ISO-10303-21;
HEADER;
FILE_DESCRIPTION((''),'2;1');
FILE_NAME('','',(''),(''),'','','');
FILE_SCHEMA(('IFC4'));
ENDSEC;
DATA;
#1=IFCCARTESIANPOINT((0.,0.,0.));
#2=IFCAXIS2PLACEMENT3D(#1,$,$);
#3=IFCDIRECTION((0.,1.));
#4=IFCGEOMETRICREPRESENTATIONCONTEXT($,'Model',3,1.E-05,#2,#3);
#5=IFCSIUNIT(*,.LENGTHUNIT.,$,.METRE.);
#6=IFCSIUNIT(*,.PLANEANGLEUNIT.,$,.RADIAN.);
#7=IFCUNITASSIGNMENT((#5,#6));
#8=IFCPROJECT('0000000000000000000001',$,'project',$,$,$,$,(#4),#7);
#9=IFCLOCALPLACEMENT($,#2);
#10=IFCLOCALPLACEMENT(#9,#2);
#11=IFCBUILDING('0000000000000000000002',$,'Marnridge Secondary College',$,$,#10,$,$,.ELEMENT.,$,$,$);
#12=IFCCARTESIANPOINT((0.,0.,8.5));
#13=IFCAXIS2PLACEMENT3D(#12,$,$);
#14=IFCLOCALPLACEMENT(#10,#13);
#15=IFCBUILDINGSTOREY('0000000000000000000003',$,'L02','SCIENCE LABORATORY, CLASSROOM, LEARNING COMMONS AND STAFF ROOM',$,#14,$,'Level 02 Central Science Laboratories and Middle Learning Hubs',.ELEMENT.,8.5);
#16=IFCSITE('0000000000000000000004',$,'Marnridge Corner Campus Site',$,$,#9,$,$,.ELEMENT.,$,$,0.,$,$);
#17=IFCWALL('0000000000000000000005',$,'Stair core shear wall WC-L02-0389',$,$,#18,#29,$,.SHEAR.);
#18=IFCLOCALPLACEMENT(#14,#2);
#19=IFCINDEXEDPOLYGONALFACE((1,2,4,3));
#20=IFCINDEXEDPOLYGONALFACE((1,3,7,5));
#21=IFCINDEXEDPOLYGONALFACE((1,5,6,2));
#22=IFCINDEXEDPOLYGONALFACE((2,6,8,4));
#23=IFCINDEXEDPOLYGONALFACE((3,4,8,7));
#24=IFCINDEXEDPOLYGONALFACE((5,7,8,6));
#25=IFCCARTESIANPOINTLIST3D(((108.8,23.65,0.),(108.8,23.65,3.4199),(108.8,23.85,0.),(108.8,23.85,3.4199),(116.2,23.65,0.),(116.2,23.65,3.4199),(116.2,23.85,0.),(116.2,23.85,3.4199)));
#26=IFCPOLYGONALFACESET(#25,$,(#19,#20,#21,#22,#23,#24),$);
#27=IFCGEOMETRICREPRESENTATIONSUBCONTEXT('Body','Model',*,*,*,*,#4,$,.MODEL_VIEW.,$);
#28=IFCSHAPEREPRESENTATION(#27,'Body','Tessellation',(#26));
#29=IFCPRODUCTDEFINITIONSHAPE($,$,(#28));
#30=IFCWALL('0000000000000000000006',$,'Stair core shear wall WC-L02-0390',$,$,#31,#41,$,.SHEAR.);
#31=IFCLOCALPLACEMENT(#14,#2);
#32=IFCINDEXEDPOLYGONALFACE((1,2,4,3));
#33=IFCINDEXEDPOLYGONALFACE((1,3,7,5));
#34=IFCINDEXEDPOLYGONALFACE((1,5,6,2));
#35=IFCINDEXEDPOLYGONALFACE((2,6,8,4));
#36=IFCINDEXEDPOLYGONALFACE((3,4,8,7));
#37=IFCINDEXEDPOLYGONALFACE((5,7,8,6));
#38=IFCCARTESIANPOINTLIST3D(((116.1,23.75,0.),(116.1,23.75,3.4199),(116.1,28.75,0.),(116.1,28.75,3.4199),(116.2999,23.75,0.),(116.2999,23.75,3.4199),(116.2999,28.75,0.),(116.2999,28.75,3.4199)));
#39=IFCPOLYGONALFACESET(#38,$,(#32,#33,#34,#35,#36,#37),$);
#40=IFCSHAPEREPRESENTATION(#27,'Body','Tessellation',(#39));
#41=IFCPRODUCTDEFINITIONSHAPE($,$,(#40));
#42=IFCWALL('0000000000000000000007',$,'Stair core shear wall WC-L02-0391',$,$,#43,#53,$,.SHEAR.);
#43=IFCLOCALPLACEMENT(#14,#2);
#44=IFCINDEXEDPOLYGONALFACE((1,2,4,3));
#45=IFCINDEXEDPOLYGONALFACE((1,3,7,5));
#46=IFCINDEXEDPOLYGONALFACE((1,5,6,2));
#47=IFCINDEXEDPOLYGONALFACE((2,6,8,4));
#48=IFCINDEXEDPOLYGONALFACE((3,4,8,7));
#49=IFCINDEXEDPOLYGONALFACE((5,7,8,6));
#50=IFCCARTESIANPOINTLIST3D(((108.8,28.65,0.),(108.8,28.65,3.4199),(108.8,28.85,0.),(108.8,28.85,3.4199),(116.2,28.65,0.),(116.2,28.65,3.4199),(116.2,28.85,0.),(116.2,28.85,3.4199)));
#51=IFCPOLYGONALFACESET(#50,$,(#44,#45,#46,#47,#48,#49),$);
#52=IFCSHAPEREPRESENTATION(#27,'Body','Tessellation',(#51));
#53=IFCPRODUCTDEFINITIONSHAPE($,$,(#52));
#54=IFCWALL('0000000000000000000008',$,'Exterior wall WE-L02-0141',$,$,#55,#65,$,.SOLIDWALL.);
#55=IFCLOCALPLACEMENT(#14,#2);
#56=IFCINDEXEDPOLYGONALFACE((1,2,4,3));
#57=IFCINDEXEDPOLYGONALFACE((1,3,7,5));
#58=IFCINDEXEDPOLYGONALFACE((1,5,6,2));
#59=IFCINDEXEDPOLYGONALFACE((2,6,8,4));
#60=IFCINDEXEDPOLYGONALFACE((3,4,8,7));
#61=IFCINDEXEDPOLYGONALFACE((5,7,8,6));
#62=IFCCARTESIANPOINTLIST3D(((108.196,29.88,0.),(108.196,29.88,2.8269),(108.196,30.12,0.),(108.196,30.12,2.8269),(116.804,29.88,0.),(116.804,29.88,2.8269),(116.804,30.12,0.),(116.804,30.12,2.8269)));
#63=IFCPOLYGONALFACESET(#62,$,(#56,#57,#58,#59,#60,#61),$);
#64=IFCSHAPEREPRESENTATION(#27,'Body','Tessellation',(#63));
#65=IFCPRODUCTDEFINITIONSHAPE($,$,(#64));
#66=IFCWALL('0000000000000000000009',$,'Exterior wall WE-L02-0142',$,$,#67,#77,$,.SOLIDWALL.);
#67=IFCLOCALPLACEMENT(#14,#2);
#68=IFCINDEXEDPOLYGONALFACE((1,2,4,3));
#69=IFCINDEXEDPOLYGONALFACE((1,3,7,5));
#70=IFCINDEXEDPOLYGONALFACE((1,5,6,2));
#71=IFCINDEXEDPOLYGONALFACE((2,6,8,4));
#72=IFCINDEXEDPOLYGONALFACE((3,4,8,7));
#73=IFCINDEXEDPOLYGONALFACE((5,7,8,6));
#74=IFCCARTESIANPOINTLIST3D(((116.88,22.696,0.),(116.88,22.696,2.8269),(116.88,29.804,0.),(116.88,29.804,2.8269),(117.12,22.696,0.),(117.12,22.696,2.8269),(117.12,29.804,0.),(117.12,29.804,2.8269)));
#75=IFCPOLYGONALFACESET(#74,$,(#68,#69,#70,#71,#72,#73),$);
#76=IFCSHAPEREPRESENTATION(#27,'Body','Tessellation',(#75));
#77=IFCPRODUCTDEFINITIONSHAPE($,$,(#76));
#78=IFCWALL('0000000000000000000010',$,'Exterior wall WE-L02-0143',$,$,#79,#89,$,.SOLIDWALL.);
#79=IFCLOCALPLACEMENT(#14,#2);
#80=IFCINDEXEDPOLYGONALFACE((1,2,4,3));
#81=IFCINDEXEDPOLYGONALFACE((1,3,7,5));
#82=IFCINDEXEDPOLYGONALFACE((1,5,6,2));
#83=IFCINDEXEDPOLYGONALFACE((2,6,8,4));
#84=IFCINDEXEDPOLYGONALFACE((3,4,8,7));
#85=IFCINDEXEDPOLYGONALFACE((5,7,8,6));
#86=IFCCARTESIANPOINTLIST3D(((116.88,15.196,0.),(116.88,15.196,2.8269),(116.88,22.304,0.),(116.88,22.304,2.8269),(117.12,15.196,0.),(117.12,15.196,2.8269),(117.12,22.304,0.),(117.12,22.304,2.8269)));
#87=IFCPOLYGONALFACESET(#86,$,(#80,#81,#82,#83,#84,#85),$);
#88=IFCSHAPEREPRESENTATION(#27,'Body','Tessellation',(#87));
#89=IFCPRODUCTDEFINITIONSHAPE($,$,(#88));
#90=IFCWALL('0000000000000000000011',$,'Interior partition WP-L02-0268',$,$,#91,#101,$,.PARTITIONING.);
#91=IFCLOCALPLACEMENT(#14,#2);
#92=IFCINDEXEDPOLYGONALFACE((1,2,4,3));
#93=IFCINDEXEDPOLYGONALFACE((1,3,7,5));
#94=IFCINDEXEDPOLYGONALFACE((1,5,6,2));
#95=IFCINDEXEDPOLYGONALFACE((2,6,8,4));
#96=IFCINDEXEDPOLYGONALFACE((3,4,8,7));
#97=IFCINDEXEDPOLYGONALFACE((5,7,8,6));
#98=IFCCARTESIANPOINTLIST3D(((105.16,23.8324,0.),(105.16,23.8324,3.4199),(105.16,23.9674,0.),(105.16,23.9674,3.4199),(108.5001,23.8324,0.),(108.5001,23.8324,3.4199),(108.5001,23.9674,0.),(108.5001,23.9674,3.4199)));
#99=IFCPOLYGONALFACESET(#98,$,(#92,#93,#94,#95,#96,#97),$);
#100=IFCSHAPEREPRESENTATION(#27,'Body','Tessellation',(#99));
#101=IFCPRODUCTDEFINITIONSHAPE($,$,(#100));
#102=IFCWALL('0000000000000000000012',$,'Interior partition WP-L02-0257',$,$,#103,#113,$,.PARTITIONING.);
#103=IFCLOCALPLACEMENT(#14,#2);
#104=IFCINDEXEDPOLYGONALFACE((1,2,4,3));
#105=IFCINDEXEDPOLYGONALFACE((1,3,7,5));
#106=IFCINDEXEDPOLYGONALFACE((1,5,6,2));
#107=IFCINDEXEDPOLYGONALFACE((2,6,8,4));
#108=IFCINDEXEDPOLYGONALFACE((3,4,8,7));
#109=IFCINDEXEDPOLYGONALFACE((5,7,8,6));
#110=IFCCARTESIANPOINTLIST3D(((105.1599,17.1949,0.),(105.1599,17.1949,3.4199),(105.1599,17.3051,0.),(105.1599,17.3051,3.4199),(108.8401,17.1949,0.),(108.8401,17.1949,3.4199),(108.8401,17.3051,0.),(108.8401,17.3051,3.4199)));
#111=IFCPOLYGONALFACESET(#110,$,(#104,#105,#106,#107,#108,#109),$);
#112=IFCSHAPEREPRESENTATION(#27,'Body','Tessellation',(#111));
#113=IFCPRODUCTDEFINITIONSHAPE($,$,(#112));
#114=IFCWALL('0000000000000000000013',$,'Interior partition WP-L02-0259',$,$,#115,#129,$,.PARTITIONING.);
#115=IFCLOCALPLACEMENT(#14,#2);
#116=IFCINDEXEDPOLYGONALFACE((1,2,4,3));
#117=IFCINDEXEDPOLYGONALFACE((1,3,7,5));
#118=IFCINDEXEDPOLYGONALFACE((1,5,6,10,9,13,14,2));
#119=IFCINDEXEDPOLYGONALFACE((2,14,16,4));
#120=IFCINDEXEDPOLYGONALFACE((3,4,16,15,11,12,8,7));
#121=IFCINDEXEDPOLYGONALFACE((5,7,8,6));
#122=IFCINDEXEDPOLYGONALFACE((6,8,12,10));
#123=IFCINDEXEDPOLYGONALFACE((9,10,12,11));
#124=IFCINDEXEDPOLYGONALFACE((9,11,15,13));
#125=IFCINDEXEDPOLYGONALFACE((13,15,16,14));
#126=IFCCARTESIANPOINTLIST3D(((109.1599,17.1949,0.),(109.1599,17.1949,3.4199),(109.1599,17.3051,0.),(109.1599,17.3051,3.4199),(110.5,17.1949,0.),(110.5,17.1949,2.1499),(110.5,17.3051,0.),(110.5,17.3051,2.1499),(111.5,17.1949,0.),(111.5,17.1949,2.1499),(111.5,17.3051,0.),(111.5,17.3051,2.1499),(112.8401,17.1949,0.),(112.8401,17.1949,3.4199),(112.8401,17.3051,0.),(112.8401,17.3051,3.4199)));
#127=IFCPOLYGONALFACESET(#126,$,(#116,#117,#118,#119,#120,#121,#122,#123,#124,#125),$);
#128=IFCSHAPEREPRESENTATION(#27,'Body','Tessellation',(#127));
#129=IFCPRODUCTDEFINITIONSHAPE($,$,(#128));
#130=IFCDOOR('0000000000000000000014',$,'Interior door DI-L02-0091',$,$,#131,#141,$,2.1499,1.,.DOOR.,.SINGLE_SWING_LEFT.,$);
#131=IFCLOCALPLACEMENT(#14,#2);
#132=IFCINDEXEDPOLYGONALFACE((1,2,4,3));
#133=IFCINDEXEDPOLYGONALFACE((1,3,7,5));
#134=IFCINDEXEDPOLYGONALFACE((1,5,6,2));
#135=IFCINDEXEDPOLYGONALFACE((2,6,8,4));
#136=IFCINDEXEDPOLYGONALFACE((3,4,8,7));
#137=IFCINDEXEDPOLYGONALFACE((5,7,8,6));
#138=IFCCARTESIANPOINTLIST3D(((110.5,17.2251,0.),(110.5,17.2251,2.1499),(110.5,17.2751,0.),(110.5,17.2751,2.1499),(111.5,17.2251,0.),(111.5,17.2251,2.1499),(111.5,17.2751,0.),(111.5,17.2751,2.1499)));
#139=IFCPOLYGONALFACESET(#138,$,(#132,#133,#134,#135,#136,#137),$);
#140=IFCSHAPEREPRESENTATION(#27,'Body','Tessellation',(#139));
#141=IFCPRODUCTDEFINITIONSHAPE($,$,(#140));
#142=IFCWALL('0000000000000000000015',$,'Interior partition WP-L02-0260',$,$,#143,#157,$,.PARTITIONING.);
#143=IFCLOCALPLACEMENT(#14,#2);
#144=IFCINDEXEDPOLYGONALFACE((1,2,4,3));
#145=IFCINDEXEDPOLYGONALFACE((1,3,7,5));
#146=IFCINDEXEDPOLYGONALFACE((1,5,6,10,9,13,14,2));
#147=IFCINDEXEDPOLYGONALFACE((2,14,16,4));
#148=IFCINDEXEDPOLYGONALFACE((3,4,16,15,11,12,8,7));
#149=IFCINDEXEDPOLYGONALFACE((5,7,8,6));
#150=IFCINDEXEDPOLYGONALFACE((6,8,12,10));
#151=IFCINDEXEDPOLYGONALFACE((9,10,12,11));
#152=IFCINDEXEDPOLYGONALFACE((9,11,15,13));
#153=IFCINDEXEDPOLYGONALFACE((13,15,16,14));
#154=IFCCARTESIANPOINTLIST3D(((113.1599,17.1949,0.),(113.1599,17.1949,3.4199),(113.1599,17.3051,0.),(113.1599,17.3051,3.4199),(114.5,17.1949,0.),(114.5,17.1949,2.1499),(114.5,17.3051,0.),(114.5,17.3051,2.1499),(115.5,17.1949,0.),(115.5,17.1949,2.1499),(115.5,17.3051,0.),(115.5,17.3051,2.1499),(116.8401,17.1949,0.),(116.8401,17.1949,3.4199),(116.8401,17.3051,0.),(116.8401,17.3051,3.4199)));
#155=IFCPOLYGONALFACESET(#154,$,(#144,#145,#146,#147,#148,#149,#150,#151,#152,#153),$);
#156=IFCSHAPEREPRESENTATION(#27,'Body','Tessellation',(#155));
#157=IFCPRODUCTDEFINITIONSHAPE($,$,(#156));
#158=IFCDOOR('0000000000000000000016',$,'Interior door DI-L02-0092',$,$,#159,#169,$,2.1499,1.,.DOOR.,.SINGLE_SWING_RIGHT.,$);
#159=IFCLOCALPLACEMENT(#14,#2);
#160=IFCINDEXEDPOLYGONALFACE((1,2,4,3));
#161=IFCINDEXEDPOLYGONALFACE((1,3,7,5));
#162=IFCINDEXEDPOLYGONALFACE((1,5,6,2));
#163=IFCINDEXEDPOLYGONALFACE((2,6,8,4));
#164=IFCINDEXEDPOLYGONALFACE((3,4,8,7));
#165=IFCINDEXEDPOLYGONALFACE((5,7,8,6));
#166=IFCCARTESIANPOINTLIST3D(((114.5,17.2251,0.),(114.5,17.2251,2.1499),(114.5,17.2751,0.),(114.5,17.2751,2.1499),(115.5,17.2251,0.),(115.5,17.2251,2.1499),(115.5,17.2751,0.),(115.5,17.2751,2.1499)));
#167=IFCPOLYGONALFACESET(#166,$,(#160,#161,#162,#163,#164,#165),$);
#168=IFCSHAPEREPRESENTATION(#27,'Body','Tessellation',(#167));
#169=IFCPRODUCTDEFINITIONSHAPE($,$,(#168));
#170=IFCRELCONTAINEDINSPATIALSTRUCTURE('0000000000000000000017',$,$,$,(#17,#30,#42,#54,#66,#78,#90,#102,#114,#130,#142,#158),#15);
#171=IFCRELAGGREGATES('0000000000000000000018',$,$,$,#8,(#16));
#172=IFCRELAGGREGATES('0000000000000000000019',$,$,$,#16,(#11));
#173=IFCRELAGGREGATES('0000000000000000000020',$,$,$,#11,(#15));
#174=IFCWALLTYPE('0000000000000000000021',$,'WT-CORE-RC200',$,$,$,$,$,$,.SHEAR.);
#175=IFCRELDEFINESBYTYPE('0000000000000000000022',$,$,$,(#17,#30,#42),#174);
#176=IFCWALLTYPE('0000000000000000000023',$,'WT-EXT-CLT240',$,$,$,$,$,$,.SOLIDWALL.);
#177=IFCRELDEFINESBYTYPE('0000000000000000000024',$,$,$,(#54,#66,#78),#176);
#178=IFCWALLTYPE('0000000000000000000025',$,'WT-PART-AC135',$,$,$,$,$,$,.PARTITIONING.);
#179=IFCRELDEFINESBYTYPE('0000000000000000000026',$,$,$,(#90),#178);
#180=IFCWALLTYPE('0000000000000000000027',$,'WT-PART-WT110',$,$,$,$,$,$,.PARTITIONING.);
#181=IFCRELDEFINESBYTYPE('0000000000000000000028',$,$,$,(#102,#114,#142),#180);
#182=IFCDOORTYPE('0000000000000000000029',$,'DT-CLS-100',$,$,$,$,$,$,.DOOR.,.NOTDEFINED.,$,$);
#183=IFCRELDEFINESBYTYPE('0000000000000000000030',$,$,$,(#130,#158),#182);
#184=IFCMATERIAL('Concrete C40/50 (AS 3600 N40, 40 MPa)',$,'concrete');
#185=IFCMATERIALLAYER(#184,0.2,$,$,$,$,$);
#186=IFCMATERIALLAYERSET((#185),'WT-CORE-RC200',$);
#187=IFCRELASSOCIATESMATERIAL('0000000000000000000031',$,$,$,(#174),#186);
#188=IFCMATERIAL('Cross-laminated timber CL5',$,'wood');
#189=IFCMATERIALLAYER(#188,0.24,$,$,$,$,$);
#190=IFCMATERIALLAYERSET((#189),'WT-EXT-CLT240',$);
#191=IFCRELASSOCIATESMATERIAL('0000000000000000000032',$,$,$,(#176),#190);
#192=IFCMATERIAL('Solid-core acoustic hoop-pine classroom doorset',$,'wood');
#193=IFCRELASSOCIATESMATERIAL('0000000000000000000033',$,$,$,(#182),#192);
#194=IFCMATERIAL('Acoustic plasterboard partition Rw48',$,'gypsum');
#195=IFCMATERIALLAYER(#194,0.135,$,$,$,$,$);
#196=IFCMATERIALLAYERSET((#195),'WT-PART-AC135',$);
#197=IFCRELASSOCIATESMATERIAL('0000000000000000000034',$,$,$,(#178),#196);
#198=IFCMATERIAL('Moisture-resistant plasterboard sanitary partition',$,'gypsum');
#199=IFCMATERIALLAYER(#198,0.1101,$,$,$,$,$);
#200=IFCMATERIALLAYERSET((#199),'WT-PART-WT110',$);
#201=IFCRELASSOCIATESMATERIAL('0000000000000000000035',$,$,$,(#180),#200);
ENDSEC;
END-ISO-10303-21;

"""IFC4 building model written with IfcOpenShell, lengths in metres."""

from ifc_helpers import new_model, si_unit, direction, frame, frame_2d, origin, place, context, subcontext, project, spatial, rectangle, extrude, material, layer, layer_set, type_object, element, fill, save


model = new_model("IFC4")

# Units and contexts
model_context = context("Model", 3, precision=1e-05, world=origin(), true_north=direction((0.0, 1.0)))
body_context = subcontext(model_context, "Body", "Model", "MODEL_VIEW")
ifc_project = project(units=[si_unit("LENGTHUNIT", "METRE"), si_unit("PLANEANGLEUNIT", "RADIAN")], contexts=[model_context])

# Site, building, storey
site_placement = place(None, origin())
site = spatial("IfcSite", under=ifc_project, at=site_placement, Name="Marnridge Corner Campus Site", CompositionType="ELEMENT", RefElevation=0.0)
building_placement = place(site_placement, origin())
building = spatial("IfcBuilding", under=site, at=building_placement, Name="Marnridge Secondary College", CompositionType="ELEMENT")
storey_placement = place(building_placement, frame((0.0, 0.0, 8.5)))
storey = spatial("IfcBuildingStorey", under=building, at=storey_placement, Name="L02", Description="SCIENCE LABORATORY, CLASSROOM, LEARNING COMMONS AND STAFF ROOM", LongName="Level 02 Central Science Laboratories and Middle Learning Hubs", CompositionType="ELEMENT", Elevation=8.5)

# Walls
ifc_material_1 = material(Name="Concrete C40/50 (AS 3600 N40, 40 MPa)", Category="concrete")
ifc_layer_1 = layer(ifc_material_1, 0.2)
ifc_layer_set_1 = layer_set([ifc_layer_1], Name="WT-CORE-RC200")
wall_type_1 = type_object("IfcWallType", Name="WT-CORE-RC200", PredefinedType="SHEAR", material=ifc_layer_set_1)
wall_1_placement = place(storey_placement, frame((108.8, 23.75, 0.0), z_axis=(0.0, 0.0, 1.0), x_axis=(1.0, 0.0, 0.0)))
element("IfcWall", 1, at=wall_1_placement, inside=storey, type_object=wall_type_1, Name="Stair core shear wall WC-L02-0389", PredefinedType="SHEAR", context=body_context, shape_type="SweptSolid", body=[
    extrude(rectangle(XDim=7.3999, YDim=0.2, at=frame_2d((3.7, 0.0))), origin(), (0.0, 0.0, 1.0), 3.4199),
])
wall_2_placement = place(storey_placement, frame((116.2, 23.75, 0.0), z_axis=(0.0, 0.0, 1.0), x_axis=(0.0, 1.0, 0.0)))
element("IfcWall", 2, at=wall_2_placement, inside=storey, type_object=wall_type_1, Name="Stair core shear wall WC-L02-0390", PredefinedType="SHEAR", context=body_context, shape_type="SweptSolid", body=[
    extrude(rectangle(XDim=5.0, YDim=0.2, at=frame_2d((2.5, 0.0))), origin(), (0.0, 0.0, 1.0), 3.4199),
])
wall_3_placement = place(storey_placement, frame((116.2, 28.75, 0.0), z_axis=(0.0, 0.0, 1.0), x_axis=(-1.0, 0.0, 0.0)))
element("IfcWall", 3, at=wall_3_placement, inside=storey, type_object=wall_type_1, Name="Stair core shear wall WC-L02-0391", PredefinedType="SHEAR", context=body_context, shape_type="SweptSolid", body=[
    extrude(rectangle(XDim=7.3999, YDim=0.2, at=frame_2d((3.7, 0.0))), origin(), (0.0, 0.0, 1.0), 3.4199),
])

# Walls
ifc_material_2 = material(Name="Cross-laminated timber CL5", Category="wood")
ifc_layer_2 = layer(ifc_material_2, 0.24)
ifc_layer_set_2 = layer_set([ifc_layer_2], Name="WT-EXT-CLT240")
wall_type_2 = type_object("IfcWallType", Name="WT-EXT-CLT240", PredefinedType="SOLIDWALL", material=ifc_layer_set_2)
wall_4_placement = place(storey_placement, frame((108.196, 30.0, 0.0), z_axis=(0.0, 0.0, 1.0), x_axis=(1.0, 0.0, 0.0)))
element("IfcWall", 4, at=wall_4_placement, inside=storey, type_object=wall_type_2, Name="Exterior wall WE-L02-0141", PredefinedType="SOLIDWALL", context=body_context, shape_type="SweptSolid", body=[
    extrude(rectangle(XDim=8.6079, YDim=0.24, at=frame_2d((4.304, 0.0))), origin(), (0.0, 0.0, 1.0), 2.8269),
])
for number, where, z_axis, x_axis, name in (
    (5, (117.0, 29.804, 0.0), (0.0, 0.0, 1.0), (0.0, -1.0, 0.0), "Exterior wall WE-L02-0142"),
    (6, (117.0, 22.304, 0.0), (0.0, 0.0, 1.0), (0.0, -1.0, 0.0), "Exterior wall WE-L02-0143"),
):
    element("IfcWall", number, at=place(storey_placement, frame(where, z_axis=z_axis, x_axis=x_axis)), inside=storey, type_object=wall_type_2, Name=name, PredefinedType="SOLIDWALL", context=body_context, shape_type="SweptSolid", body=[
        extrude(rectangle(XDim=7.1079, YDim=0.24, at=frame_2d((3.554, 0.0))), origin(), (0.0, 0.0, 1.0), 2.8269),
    ])

# Shared definitions
ifc_material_3 = material(Name="Solid-core acoustic hoop-pine classroom doorset", Category="wood")
door_type_1 = type_object("IfcDoorType", Name="DT-CLS-100", OperationType="NOTDEFINED", PredefinedType="DOOR", material=ifc_material_3)

# Walls
ifc_material_4 = material(Name="Acoustic plasterboard partition Rw48", Category="gypsum")
ifc_layer_3 = layer(ifc_material_4, 0.135)
ifc_layer_set_3 = layer_set([ifc_layer_3], Name="WT-PART-AC135")
wall_type_3 = type_object("IfcWallType", Name="WT-PART-AC135", PredefinedType="PARTITIONING", material=ifc_layer_set_3)
wall_5_placement = place(storey_placement, frame((108.5, 23.8999, 0.0), z_axis=(0.0, 0.0, 1.0), x_axis=(-1.0, 0.0, 0.0)))
element("IfcWall", 7, at=wall_5_placement, inside=storey, type_object=wall_type_3, Name="Interior partition WP-L02-0268", PredefinedType="PARTITIONING", context=body_context, shape_type="SweptSolid", body=[
    extrude(rectangle(XDim=3.3401, YDim=0.135, at=frame_2d((1.6699, 0.0))), origin(), (0.0, 0.0, 1.0), 3.4199),
])
ifc_material_5 = material(Name="Moisture-resistant plasterboard sanitary partition", Category="gypsum")
ifc_layer_4 = layer(ifc_material_5, 0.1101)
ifc_layer_set_4 = layer_set([ifc_layer_4], Name="WT-PART-WT110")
wall_type_4 = type_object("IfcWallType", Name="WT-PART-WT110", PredefinedType="PARTITIONING", material=ifc_layer_set_4)
wall_6_placement = place(storey_placement, frame((108.8401, 17.25, 0.0), z_axis=(0.0, 0.0, 1.0), x_axis=(-1.0, 0.0, 0.0)))
element("IfcWall", 8, at=wall_6_placement, inside=storey, type_object=wall_type_4, Name="Interior partition WP-L02-0257", PredefinedType="PARTITIONING", context=body_context, shape_type="SweptSolid", body=[
    extrude(rectangle(XDim=3.6802, YDim=0.1101, at=frame_2d((1.8401, 0.0))), origin(), (0.0, 0.0, 1.0), 3.4199),
])

# Walls, openings, doors
wall_7_placement = place(storey_placement, frame((112.8401, 17.25, 0.0), z_axis=(0.0, 0.0, 1.0), x_axis=(-1.0, 0.0, 0.0)))
wall_7 = element("IfcWall", 9, at=wall_7_placement, inside=storey, type_object=wall_type_4, Name="Interior partition WP-L02-0259", PredefinedType="PARTITIONING", context=body_context, shape_type="SweptSolid", body=[
    extrude(rectangle(XDim=3.6802, YDim=0.1101, at=frame_2d((1.8401, 0.0))), origin(), (0.0, 0.0, 1.0), 3.4199),
])
opening_1_placement = place(wall_7_placement, frame((1.3401, 0.0, 0.0)))
opening_1 = element("IfcOpeningElement", 10, at=opening_1_placement, cuts=wall_7, PredefinedType="OPENING", context=body_context, shape_type="SweptSolid", body=[
    extrude(rectangle(XDim=1.0, YDim=2.1499, at=frame_2d((0.5, 1.075))), frame((0.0, 0.0649, 0.0), z_axis=(0.0, -1.0, 0.0), x_axis=(1.0, 0.0, 0.0)), (0.0, 0.0, 1.0), 0.1301),
])
door_1_placement = place(opening_1_placement, origin())
door_1 = element("IfcDoor", 11, at=door_1_placement, inside=storey, type_object=door_type_1, Name="Interior door DI-L02-0091", OperationType="SINGLE_SWING_LEFT", OverallHeight=2.1499, OverallWidth=1.0, PredefinedType="DOOR", context=body_context, shape_type="SweptSolid", body=[
    extrude(rectangle(XDim=1.0, YDim=2.1499, at=frame_2d((0.5, 1.075))), frame((0.0, 0.0249, 0.0), z_axis=(0.0, -1.0, 0.0), x_axis=(1.0, 0.0, 0.0)), (0.0, 0.0, 1.0), 0.05),
])
fill(opening_1, door_1)
wall_8_placement = place(storey_placement, frame((116.8401, 17.25, 0.0), z_axis=(0.0, 0.0, 1.0), x_axis=(-1.0, 0.0, 0.0)))
wall_8 = element("IfcWall", 12, at=wall_8_placement, inside=storey, type_object=wall_type_4, Name="Interior partition WP-L02-0260", PredefinedType="PARTITIONING", context=body_context, shape_type="SweptSolid", body=[
    extrude(rectangle(XDim=3.6802, YDim=0.1101, at=frame_2d((1.8401, 0.0))), origin(), (0.0, 0.0, 1.0), 3.4199),
])
opening_2_placement = place(wall_8_placement, frame((1.3401, 0.0, 0.0)))
opening_2 = element("IfcOpeningElement", 13, at=opening_2_placement, cuts=wall_8, PredefinedType="OPENING", context=body_context, shape_type="SweptSolid", body=[
    extrude(rectangle(XDim=1.0, YDim=2.1499, at=frame_2d((0.5, 1.075))), frame((0.0, 0.0649, 0.0), z_axis=(0.0, -1.0, 0.0), x_axis=(1.0, 0.0, 0.0)), (0.0, 0.0, 1.0), 0.1301),
])
door_2_placement = place(opening_2_placement, origin())
door_2 = element("IfcDoor", 14, at=door_2_placement, inside=storey, type_object=door_type_1, Name="Interior door DI-L02-0092", OperationType="SINGLE_SWING_RIGHT", OverallHeight=2.1499, OverallWidth=1.0, PredefinedType="DOOR", context=body_context, shape_type="SweptSolid", body=[
    extrude(rectangle(XDim=1.0, YDim=2.1499, at=frame_2d((0.5, 1.075))), frame((0.0, 0.0249, 0.0), z_axis=(0.0, -1.0, 0.0), x_axis=(1.0, 0.0, 0.0)), (0.0, 0.0, 1.0), 0.05),
])
fill(opening_2, door_2)

save(model, "model.ifc")
